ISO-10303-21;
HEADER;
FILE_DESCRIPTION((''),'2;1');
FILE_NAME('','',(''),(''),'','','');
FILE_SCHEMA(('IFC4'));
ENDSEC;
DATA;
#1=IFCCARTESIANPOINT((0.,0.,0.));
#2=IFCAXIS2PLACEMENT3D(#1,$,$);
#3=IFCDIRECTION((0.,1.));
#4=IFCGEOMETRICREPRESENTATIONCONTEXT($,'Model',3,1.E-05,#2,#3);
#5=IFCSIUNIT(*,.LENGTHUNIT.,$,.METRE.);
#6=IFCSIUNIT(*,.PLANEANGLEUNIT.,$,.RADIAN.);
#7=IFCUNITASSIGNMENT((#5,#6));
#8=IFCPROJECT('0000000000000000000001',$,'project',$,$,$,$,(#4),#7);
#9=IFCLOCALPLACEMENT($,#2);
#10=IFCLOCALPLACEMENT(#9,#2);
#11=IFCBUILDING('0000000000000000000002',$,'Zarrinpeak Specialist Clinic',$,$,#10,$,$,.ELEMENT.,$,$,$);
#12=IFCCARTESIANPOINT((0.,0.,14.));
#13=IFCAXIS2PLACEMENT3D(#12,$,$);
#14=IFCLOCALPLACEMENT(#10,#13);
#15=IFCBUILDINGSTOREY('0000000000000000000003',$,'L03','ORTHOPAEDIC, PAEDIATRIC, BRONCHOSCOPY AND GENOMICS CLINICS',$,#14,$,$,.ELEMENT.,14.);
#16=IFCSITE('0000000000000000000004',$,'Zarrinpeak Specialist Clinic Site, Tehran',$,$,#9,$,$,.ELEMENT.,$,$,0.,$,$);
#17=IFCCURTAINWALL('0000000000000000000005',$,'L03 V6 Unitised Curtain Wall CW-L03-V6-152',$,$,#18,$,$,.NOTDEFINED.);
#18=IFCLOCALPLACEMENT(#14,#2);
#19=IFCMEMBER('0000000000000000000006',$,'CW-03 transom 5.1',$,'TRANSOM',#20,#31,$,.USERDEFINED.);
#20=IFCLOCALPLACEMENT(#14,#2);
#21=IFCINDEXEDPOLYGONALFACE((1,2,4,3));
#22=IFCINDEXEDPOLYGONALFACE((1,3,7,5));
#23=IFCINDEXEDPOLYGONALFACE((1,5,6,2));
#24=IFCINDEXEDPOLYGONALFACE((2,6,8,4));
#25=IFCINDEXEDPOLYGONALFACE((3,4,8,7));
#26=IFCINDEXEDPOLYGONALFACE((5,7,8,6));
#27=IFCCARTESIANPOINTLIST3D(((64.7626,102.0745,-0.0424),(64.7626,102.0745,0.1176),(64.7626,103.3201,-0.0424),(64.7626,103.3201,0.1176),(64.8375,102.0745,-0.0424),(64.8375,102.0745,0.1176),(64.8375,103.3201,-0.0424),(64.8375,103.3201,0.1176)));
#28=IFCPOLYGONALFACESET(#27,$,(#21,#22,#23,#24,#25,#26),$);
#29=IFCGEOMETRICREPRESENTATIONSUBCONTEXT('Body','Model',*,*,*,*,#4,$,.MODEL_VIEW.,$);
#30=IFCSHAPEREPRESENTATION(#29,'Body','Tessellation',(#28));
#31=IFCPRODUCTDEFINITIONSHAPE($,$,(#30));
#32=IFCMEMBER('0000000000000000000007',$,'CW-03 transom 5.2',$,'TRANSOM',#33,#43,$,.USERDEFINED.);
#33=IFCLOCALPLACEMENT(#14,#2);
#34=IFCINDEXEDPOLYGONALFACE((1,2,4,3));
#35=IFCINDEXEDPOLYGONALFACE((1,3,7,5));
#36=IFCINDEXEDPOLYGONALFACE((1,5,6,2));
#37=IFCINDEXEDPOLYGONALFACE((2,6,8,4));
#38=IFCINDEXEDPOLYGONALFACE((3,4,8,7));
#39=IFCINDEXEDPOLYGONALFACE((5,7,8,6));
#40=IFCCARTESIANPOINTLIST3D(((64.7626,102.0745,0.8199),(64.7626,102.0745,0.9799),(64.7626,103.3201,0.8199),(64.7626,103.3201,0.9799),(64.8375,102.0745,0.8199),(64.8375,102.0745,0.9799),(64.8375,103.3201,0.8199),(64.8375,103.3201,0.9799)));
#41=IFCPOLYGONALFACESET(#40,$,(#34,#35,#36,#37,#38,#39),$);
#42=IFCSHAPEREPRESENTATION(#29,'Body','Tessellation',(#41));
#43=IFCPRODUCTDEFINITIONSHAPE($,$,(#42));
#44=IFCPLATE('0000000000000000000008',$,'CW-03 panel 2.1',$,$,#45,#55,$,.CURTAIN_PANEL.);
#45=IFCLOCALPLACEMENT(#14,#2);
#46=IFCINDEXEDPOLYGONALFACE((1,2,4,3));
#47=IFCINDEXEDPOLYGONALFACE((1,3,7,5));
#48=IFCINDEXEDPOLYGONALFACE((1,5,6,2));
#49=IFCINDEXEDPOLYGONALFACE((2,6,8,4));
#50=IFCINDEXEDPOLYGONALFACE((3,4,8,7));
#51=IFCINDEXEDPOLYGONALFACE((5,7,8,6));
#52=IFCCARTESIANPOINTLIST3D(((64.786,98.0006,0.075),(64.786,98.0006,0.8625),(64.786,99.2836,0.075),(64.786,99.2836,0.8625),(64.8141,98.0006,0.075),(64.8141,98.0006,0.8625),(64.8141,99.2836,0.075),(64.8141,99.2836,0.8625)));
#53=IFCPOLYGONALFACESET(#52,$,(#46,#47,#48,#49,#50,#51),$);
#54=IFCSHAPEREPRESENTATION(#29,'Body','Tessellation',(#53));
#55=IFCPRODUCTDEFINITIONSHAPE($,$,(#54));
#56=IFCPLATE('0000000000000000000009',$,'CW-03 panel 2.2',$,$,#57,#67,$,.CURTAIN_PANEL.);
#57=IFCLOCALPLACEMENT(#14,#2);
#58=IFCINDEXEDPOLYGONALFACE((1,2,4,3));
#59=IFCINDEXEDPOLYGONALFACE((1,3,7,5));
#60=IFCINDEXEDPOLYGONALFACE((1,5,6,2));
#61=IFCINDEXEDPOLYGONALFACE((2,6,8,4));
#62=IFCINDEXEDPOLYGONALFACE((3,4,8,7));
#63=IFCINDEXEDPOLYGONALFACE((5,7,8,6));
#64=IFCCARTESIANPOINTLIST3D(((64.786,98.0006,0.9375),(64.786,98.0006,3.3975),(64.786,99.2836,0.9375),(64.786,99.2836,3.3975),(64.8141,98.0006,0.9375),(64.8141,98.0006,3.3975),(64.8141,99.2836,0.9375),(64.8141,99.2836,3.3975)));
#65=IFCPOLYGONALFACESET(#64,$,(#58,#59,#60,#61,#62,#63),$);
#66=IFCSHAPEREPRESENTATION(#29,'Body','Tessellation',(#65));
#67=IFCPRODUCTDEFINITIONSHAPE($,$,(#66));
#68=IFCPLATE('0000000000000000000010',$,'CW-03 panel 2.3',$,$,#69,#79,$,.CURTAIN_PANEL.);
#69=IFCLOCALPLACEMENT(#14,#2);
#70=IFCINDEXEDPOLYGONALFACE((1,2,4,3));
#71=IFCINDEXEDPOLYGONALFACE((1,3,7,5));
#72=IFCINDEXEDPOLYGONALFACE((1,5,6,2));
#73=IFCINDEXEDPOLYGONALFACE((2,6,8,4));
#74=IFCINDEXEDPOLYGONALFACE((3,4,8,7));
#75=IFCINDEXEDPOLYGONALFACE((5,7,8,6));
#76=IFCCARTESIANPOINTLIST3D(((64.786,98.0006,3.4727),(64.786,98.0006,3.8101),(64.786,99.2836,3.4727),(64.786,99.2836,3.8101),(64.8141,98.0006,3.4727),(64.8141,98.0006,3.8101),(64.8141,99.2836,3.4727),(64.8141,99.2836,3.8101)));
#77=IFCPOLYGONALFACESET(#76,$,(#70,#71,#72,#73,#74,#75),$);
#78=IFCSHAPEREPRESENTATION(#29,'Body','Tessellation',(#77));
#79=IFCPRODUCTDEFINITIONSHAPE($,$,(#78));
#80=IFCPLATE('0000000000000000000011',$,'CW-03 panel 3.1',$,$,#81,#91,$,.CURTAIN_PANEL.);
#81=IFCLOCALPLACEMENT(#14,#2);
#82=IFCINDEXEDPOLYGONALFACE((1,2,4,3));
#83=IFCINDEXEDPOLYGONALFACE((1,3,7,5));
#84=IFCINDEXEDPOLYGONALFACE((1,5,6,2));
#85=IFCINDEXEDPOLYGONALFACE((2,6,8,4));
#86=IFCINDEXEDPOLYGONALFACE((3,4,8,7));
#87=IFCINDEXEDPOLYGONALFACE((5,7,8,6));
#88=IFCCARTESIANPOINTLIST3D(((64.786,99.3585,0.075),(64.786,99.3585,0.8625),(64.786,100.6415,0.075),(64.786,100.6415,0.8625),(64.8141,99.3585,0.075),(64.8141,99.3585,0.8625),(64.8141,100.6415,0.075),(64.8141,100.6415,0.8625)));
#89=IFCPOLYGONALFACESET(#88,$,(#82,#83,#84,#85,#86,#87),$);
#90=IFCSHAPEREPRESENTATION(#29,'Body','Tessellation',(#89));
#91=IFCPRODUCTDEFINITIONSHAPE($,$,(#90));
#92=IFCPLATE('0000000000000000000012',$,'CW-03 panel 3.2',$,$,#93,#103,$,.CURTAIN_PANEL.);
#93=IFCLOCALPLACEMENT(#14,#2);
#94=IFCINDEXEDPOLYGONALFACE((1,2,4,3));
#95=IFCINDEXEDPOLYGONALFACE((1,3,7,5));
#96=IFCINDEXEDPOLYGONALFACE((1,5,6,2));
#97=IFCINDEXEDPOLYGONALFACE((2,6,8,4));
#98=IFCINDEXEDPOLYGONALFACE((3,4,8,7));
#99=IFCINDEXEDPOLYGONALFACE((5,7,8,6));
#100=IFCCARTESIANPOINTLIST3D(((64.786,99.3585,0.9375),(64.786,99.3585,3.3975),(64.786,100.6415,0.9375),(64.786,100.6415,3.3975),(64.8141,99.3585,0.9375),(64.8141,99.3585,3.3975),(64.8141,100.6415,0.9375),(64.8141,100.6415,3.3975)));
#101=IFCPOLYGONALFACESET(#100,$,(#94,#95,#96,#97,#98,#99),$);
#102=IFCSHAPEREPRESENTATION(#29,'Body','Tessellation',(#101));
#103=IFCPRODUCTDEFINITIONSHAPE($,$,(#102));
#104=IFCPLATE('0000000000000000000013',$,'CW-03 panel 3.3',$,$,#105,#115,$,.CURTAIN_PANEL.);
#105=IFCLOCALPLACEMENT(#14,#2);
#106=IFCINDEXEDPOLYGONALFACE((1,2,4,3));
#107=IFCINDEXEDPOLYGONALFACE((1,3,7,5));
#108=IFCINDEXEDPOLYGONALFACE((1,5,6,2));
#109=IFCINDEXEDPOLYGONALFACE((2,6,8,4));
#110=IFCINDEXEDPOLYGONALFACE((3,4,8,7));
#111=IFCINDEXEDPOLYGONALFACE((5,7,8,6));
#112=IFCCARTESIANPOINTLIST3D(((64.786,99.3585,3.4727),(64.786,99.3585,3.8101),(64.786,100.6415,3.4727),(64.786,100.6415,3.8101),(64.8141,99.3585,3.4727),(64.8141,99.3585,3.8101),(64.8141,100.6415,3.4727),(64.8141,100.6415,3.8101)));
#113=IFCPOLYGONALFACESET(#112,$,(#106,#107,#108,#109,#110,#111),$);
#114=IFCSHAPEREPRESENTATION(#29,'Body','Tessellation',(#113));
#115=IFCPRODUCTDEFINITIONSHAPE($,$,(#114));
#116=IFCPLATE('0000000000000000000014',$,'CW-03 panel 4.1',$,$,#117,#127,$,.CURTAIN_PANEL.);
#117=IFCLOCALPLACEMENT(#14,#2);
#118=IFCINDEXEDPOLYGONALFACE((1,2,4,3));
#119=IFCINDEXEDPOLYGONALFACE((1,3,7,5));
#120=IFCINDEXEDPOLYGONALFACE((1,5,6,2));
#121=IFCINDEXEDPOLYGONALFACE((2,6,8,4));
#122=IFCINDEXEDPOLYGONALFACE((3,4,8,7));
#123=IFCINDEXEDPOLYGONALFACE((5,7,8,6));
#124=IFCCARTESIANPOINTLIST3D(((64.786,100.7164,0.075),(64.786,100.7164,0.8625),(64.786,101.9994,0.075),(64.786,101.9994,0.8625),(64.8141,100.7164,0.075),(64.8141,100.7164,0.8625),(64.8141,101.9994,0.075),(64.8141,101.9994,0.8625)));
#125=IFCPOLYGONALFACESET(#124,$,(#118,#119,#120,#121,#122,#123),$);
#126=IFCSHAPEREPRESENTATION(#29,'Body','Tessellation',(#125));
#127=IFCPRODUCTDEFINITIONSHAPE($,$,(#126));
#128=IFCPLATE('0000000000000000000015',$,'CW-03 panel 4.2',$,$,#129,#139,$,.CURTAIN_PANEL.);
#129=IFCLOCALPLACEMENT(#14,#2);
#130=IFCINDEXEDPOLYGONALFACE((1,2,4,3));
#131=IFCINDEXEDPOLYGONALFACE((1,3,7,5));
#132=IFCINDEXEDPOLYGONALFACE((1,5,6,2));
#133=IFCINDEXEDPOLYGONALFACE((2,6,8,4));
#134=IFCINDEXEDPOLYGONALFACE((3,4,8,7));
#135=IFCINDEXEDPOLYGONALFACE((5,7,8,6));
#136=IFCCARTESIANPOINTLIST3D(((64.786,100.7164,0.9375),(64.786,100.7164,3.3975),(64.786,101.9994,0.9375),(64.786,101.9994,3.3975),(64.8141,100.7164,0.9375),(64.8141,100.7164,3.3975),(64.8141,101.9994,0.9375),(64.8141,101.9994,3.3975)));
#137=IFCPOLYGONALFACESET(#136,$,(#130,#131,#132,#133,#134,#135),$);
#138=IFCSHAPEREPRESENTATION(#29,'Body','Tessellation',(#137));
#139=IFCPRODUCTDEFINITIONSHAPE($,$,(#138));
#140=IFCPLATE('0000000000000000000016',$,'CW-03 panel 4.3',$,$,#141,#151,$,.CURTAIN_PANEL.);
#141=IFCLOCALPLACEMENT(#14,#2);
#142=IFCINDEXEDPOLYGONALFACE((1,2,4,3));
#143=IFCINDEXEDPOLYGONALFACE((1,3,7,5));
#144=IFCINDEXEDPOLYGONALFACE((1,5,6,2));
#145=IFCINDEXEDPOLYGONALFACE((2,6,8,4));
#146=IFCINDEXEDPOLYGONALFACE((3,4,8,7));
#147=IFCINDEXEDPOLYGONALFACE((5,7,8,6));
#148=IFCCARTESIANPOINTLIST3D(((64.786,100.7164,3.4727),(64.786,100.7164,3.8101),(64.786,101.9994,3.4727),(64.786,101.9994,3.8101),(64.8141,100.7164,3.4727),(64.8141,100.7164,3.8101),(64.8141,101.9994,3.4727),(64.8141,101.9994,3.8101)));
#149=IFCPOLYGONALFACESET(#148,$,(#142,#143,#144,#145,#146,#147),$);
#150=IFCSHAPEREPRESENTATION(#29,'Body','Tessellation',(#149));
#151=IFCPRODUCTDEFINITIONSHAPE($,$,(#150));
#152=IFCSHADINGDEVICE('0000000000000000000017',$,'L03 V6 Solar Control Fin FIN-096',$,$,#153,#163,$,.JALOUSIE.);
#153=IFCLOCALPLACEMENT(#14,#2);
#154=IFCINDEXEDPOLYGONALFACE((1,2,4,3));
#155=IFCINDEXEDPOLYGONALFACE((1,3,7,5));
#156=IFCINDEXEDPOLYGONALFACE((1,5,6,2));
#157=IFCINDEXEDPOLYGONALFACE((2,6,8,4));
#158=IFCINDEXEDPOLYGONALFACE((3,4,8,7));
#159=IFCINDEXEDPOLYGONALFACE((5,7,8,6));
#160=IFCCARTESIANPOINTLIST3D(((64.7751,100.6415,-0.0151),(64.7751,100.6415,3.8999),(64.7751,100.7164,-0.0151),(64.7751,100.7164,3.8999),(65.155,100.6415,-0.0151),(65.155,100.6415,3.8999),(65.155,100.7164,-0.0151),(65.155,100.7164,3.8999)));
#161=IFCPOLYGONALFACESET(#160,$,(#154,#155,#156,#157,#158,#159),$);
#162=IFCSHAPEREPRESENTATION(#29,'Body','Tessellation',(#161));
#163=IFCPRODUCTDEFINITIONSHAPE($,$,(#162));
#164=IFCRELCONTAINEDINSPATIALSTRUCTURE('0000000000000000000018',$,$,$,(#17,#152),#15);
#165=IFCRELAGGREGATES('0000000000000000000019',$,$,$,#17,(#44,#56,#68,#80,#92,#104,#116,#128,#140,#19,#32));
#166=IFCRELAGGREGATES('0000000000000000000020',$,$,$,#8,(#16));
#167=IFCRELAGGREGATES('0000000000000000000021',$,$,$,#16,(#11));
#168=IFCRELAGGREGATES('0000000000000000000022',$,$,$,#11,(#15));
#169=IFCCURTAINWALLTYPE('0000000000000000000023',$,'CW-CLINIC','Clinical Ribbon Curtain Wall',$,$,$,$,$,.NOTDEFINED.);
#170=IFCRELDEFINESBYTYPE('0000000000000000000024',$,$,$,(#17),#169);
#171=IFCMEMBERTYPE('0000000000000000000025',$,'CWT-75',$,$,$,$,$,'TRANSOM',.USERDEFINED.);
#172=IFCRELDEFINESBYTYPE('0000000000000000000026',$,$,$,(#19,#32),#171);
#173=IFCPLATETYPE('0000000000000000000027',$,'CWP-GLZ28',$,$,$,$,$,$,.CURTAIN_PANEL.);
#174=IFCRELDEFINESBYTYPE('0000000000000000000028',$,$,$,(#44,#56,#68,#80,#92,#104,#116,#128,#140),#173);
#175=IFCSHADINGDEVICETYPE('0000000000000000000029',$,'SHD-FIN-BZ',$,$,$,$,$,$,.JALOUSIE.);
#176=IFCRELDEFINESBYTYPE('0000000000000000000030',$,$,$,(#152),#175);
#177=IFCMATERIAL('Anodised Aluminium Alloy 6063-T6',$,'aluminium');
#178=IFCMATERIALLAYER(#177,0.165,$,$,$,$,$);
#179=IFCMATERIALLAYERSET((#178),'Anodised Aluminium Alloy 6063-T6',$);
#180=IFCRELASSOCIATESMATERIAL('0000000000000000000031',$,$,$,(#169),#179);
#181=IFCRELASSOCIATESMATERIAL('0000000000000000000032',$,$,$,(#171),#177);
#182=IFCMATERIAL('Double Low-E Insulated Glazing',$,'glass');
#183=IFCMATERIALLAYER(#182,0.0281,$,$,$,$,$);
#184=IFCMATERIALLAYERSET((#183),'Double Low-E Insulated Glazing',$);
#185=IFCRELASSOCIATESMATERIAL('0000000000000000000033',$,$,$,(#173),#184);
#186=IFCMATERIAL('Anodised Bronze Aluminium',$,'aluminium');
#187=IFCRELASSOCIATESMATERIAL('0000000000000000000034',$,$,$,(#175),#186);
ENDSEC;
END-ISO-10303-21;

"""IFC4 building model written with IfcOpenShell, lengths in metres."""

from ifc_helpers import new_model, si_unit, direction, frame, origin, origin_2d, place, context, subcontext, project, spatial, rectangle, extrude, material, layer, layer_set, material_profile, profile_set, type_object, element, aggregate, save


model = new_model("IFC4")

# Units and contexts
model_context = context("Model", 3, precision=1e-05, world=origin(), true_north=direction((0.0, 1.0)))
body_context = subcontext(model_context, "Body", "Model", "MODEL_VIEW")
ifc_project = project(units=[si_unit("LENGTHUNIT", "METRE"), si_unit("PLANEANGLEUNIT", "RADIAN")], contexts=[model_context])

# Site, building, storey
site_placement = place(None, origin())
site = spatial("IfcSite", under=ifc_project, at=site_placement, Name="Zarrinpeak Specialist Clinic Site, Tehran", CompositionType="ELEMENT", RefElevation=0.0)
building_placement = place(site_placement, origin())
building = spatial("IfcBuilding", under=site, at=building_placement, Name="Zarrinpeak Specialist Clinic", CompositionType="ELEMENT")
storey_placement = place(building_placement, frame((0.0, 0.0, 14.0)))
storey = spatial("IfcBuildingStorey", under=building, at=storey_placement, Name="L03", Description="ORTHOPAEDIC, PAEDIATRIC, BRONCHOSCOPY AND GENOMICS CLINICS", CompositionType="ELEMENT", Elevation=14.0)

# Curtain wall, members, plates
ifc_material_1 = material(Name="Anodised Aluminium Alloy 6063-T6", Category="aluminium")
ifc_layer_1 = layer(ifc_material_1, 0.165)
ifc_layer_set_1 = layer_set([ifc_layer_1], Name="Anodised Aluminium Alloy 6063-T6")
curtain_wall_type = type_object("IfcCurtainWallType", Name="CW-CLINIC", Description="Clinical Ribbon Curtain Wall", PredefinedType="NOTDEFINED", material=ifc_layer_set_1)
curtain_wall_placement = place(storey_placement, origin())
curtain_wall = element("IfcCurtainWall", 1, at=curtain_wall_placement, inside=storey, type_object=curtain_wall_type, Name="L03 V6 Unitised Curtain Wall CW-L03-V6-152", PredefinedType="NOTDEFINED")
ifc_material_profile_1 = material_profile(ifc_material_1, rectangle(XDim=0.075, YDim=0.1599, at=origin_2d()), Name="ALU 75x160")
ifc_profile_set_1 = profile_set([ifc_material_profile_1], Name="Anodised Aluminium Alloy 6063-T6")
member_type_1 = type_object("IfcMemberType", Name="CWT-75", ElementType="TRANSOM", PredefinedType="USERDEFINED", material=ifc_profile_set_1)
member_1_placement = place(storey_placement, frame((64.8, 102.0745, 0.0376), z_axis=(0.0, 1.0, 0.0), x_axis=(-1.0, 0.0, 0.0)))
member_1 = element("IfcMember", 2, at=member_1_placement, type_object=member_type_1, Name="CW-03 transom 5.1", ObjectType="TRANSOM", PredefinedType="USERDEFINED", context=body_context, shape_type="SweptSolid", body=[
    extrude(rectangle(XDim=0.075, YDim=0.1599, at=origin_2d()), origin(), (0.0, 0.0, 1.0), 1.2456),
])
member_2_placement = place(storey_placement, frame((64.8, 102.0745, 0.8999), z_axis=(0.0, 1.0, 0.0), x_axis=(-1.0, 0.0, 0.0)))
member_2 = element("IfcMember", 3, at=member_2_placement, type_object=member_type_1, Name="CW-03 transom 5.2", ObjectType="TRANSOM", PredefinedType="USERDEFINED", context=body_context, shape_type="SweptSolid", body=[
    extrude(rectangle(XDim=0.075, YDim=0.1599, at=origin_2d()), origin(), (0.0, 0.0, 1.0), 1.2456),
])
ifc_material_2 = material(Name="Double Low-E Insulated Glazing", Category="glass")
ifc_layer_2 = layer(ifc_material_2, 0.0281)
ifc_layer_set_2 = layer_set([ifc_layer_2], Name="Double Low-E Insulated Glazing")
plate_type = type_object("IfcPlateType", Name="CWP-GLZ28", PredefinedType="CURTAIN_PANEL", material=ifc_layer_set_2)
plate_1_placement = place(storey_placement, frame((64.8, 98.6421, 0.075), z_axis=(0.0, 0.0, 1.0), x_axis=(0.0, 1.0, 0.0)))
plate_1 = element("IfcPlate", 4, at=plate_1_placement, type_object=plate_type, Name="CW-03 panel 2.1", PredefinedType="CURTAIN_PANEL", context=body_context, shape_type="SweptSolid", body=[
    extrude(rectangle(XDim=1.283, YDim=0.0281, at=origin_2d()), origin(), (0.0, 0.0, 1.0), 0.7876),
])
plate_2_placement = place(storey_placement, frame((64.8, 98.6421, 0.9375), z_axis=(0.0, 0.0, 1.0), x_axis=(0.0, 1.0, 0.0)))
plate_2 = element("IfcPlate", 5, at=plate_2_placement, type_object=plate_type, Name="CW-03 panel 2.2", PredefinedType="CURTAIN_PANEL", context=body_context, shape_type="SweptSolid", body=[
    extrude(rectangle(XDim=1.283, YDim=0.0281, at=origin_2d()), origin(), (0.0, 0.0, 1.0), 2.46),
])
plate_3_placement = place(storey_placement, frame((64.8, 98.6421, 3.4727), z_axis=(0.0, 0.0, 1.0), x_axis=(0.0, 1.0, 0.0)))
plate_3 = element("IfcPlate", 6, at=plate_3_placement, type_object=plate_type, Name="CW-03 panel 2.3", PredefinedType="CURTAIN_PANEL", context=body_context, shape_type="SweptSolid", body=[
    extrude(rectangle(XDim=1.283, YDim=0.0281, at=origin_2d()), origin(), (0.0, 0.0, 1.0), 0.3374),
])
plate_4_placement = place(storey_placement, frame((64.8, 100.0, 0.075), z_axis=(0.0, 0.0, 1.0), x_axis=(0.0, 1.0, 0.0)))
plate_4 = element("IfcPlate", 7, at=plate_4_placement, type_object=plate_type, Name="CW-03 panel 3.1", PredefinedType="CURTAIN_PANEL", context=body_context, shape_type="SweptSolid", body=[
    extrude(rectangle(XDim=1.283, YDim=0.0281, at=origin_2d()), origin(), (0.0, 0.0, 1.0), 0.7876),
])
plate_5_placement = place(storey_placement, frame((64.8, 100.0, 0.9375), z_axis=(0.0, 0.0, 1.0), x_axis=(0.0, 1.0, 0.0)))
plate_5 = element("IfcPlate", 8, at=plate_5_placement, type_object=plate_type, Name="CW-03 panel 3.2", PredefinedType="CURTAIN_PANEL", context=body_context, shape_type="SweptSolid", body=[
    extrude(rectangle(XDim=1.283, YDim=0.0281, at=origin_2d()), origin(), (0.0, 0.0, 1.0), 2.46),
])
plate_6_placement = place(storey_placement, frame((64.8, 100.0, 3.4727), z_axis=(0.0, 0.0, 1.0), x_axis=(0.0, 1.0, 0.0)))
plate_6 = element("IfcPlate", 9, at=plate_6_placement, type_object=plate_type, Name="CW-03 panel 3.3", PredefinedType="CURTAIN_PANEL", context=body_context, shape_type="SweptSolid", body=[
    extrude(rectangle(XDim=1.283, YDim=0.0281, at=origin_2d()), origin(), (0.0, 0.0, 1.0), 0.3374),
])
plate_7_placement = place(storey_placement, frame((64.8, 101.3579, 0.075), z_axis=(0.0, 0.0, 1.0), x_axis=(0.0, 1.0, 0.0)))
plate_7 = element("IfcPlate", 10, at=plate_7_placement, type_object=plate_type, Name="CW-03 panel 4.1", PredefinedType="CURTAIN_PANEL", context=body_context, shape_type="SweptSolid", body=[
    extrude(rectangle(XDim=1.283, YDim=0.0281, at=origin_2d()), origin(), (0.0, 0.0, 1.0), 0.7876),
])
plate_8_placement = place(storey_placement, frame((64.8, 101.3579, 0.9375), z_axis=(0.0, 0.0, 1.0), x_axis=(0.0, 1.0, 0.0)))
plate_8 = element("IfcPlate", 11, at=plate_8_placement, type_object=plate_type, Name="CW-03 panel 4.2", PredefinedType="CURTAIN_PANEL", context=body_context, shape_type="SweptSolid", body=[
    extrude(rectangle(XDim=1.283, YDim=0.0281, at=origin_2d()), origin(), (0.0, 0.0, 1.0), 2.46),
])
plate_9_placement = place(storey_placement, frame((64.8, 101.3579, 3.4727), z_axis=(0.0, 0.0, 1.0), x_axis=(0.0, 1.0, 0.0)))
plate_9 = element("IfcPlate", 12, at=plate_9_placement, type_object=plate_type, Name="CW-03 panel 4.3", PredefinedType="CURTAIN_PANEL", context=body_context, shape_type="SweptSolid", body=[
    extrude(rectangle(XDim=1.283, YDim=0.0281, at=origin_2d()), origin(), (0.0, 0.0, 1.0), 0.3374),
])
aggregate(curtain_wall, [plate_1, plate_2, plate_3, plate_4, plate_5, plate_6, plate_7, plate_8, plate_9, member_1, member_2])

# Shading device
ifc_material_3 = material(Name="Anodised Bronze Aluminium", Category="aluminium")
shading_device_type = type_object("IfcShadingDeviceType", Name="SHD-FIN-BZ", PredefinedType="JALOUSIE", material=ifc_material_3)
shading_device_placement = place(storey_placement, frame((64.9651, 100.679, -0.0151), z_axis=(0.0, 0.0, 1.0), x_axis=(1.0, 0.0, 0.0)))
element("IfcShadingDevice", 13, at=shading_device_placement, inside=storey, type_object=shading_device_type, Name="L03 V6 Solar Control Fin FIN-096", PredefinedType="JALOUSIE", context=body_context, shape_type="SweptSolid", body=[
    extrude(rectangle(XDim=0.3799, YDim=0.075, at=origin_2d()), origin(), (0.0, 0.0, 1.0), 3.915),
])

save(model, "model.ifc")
